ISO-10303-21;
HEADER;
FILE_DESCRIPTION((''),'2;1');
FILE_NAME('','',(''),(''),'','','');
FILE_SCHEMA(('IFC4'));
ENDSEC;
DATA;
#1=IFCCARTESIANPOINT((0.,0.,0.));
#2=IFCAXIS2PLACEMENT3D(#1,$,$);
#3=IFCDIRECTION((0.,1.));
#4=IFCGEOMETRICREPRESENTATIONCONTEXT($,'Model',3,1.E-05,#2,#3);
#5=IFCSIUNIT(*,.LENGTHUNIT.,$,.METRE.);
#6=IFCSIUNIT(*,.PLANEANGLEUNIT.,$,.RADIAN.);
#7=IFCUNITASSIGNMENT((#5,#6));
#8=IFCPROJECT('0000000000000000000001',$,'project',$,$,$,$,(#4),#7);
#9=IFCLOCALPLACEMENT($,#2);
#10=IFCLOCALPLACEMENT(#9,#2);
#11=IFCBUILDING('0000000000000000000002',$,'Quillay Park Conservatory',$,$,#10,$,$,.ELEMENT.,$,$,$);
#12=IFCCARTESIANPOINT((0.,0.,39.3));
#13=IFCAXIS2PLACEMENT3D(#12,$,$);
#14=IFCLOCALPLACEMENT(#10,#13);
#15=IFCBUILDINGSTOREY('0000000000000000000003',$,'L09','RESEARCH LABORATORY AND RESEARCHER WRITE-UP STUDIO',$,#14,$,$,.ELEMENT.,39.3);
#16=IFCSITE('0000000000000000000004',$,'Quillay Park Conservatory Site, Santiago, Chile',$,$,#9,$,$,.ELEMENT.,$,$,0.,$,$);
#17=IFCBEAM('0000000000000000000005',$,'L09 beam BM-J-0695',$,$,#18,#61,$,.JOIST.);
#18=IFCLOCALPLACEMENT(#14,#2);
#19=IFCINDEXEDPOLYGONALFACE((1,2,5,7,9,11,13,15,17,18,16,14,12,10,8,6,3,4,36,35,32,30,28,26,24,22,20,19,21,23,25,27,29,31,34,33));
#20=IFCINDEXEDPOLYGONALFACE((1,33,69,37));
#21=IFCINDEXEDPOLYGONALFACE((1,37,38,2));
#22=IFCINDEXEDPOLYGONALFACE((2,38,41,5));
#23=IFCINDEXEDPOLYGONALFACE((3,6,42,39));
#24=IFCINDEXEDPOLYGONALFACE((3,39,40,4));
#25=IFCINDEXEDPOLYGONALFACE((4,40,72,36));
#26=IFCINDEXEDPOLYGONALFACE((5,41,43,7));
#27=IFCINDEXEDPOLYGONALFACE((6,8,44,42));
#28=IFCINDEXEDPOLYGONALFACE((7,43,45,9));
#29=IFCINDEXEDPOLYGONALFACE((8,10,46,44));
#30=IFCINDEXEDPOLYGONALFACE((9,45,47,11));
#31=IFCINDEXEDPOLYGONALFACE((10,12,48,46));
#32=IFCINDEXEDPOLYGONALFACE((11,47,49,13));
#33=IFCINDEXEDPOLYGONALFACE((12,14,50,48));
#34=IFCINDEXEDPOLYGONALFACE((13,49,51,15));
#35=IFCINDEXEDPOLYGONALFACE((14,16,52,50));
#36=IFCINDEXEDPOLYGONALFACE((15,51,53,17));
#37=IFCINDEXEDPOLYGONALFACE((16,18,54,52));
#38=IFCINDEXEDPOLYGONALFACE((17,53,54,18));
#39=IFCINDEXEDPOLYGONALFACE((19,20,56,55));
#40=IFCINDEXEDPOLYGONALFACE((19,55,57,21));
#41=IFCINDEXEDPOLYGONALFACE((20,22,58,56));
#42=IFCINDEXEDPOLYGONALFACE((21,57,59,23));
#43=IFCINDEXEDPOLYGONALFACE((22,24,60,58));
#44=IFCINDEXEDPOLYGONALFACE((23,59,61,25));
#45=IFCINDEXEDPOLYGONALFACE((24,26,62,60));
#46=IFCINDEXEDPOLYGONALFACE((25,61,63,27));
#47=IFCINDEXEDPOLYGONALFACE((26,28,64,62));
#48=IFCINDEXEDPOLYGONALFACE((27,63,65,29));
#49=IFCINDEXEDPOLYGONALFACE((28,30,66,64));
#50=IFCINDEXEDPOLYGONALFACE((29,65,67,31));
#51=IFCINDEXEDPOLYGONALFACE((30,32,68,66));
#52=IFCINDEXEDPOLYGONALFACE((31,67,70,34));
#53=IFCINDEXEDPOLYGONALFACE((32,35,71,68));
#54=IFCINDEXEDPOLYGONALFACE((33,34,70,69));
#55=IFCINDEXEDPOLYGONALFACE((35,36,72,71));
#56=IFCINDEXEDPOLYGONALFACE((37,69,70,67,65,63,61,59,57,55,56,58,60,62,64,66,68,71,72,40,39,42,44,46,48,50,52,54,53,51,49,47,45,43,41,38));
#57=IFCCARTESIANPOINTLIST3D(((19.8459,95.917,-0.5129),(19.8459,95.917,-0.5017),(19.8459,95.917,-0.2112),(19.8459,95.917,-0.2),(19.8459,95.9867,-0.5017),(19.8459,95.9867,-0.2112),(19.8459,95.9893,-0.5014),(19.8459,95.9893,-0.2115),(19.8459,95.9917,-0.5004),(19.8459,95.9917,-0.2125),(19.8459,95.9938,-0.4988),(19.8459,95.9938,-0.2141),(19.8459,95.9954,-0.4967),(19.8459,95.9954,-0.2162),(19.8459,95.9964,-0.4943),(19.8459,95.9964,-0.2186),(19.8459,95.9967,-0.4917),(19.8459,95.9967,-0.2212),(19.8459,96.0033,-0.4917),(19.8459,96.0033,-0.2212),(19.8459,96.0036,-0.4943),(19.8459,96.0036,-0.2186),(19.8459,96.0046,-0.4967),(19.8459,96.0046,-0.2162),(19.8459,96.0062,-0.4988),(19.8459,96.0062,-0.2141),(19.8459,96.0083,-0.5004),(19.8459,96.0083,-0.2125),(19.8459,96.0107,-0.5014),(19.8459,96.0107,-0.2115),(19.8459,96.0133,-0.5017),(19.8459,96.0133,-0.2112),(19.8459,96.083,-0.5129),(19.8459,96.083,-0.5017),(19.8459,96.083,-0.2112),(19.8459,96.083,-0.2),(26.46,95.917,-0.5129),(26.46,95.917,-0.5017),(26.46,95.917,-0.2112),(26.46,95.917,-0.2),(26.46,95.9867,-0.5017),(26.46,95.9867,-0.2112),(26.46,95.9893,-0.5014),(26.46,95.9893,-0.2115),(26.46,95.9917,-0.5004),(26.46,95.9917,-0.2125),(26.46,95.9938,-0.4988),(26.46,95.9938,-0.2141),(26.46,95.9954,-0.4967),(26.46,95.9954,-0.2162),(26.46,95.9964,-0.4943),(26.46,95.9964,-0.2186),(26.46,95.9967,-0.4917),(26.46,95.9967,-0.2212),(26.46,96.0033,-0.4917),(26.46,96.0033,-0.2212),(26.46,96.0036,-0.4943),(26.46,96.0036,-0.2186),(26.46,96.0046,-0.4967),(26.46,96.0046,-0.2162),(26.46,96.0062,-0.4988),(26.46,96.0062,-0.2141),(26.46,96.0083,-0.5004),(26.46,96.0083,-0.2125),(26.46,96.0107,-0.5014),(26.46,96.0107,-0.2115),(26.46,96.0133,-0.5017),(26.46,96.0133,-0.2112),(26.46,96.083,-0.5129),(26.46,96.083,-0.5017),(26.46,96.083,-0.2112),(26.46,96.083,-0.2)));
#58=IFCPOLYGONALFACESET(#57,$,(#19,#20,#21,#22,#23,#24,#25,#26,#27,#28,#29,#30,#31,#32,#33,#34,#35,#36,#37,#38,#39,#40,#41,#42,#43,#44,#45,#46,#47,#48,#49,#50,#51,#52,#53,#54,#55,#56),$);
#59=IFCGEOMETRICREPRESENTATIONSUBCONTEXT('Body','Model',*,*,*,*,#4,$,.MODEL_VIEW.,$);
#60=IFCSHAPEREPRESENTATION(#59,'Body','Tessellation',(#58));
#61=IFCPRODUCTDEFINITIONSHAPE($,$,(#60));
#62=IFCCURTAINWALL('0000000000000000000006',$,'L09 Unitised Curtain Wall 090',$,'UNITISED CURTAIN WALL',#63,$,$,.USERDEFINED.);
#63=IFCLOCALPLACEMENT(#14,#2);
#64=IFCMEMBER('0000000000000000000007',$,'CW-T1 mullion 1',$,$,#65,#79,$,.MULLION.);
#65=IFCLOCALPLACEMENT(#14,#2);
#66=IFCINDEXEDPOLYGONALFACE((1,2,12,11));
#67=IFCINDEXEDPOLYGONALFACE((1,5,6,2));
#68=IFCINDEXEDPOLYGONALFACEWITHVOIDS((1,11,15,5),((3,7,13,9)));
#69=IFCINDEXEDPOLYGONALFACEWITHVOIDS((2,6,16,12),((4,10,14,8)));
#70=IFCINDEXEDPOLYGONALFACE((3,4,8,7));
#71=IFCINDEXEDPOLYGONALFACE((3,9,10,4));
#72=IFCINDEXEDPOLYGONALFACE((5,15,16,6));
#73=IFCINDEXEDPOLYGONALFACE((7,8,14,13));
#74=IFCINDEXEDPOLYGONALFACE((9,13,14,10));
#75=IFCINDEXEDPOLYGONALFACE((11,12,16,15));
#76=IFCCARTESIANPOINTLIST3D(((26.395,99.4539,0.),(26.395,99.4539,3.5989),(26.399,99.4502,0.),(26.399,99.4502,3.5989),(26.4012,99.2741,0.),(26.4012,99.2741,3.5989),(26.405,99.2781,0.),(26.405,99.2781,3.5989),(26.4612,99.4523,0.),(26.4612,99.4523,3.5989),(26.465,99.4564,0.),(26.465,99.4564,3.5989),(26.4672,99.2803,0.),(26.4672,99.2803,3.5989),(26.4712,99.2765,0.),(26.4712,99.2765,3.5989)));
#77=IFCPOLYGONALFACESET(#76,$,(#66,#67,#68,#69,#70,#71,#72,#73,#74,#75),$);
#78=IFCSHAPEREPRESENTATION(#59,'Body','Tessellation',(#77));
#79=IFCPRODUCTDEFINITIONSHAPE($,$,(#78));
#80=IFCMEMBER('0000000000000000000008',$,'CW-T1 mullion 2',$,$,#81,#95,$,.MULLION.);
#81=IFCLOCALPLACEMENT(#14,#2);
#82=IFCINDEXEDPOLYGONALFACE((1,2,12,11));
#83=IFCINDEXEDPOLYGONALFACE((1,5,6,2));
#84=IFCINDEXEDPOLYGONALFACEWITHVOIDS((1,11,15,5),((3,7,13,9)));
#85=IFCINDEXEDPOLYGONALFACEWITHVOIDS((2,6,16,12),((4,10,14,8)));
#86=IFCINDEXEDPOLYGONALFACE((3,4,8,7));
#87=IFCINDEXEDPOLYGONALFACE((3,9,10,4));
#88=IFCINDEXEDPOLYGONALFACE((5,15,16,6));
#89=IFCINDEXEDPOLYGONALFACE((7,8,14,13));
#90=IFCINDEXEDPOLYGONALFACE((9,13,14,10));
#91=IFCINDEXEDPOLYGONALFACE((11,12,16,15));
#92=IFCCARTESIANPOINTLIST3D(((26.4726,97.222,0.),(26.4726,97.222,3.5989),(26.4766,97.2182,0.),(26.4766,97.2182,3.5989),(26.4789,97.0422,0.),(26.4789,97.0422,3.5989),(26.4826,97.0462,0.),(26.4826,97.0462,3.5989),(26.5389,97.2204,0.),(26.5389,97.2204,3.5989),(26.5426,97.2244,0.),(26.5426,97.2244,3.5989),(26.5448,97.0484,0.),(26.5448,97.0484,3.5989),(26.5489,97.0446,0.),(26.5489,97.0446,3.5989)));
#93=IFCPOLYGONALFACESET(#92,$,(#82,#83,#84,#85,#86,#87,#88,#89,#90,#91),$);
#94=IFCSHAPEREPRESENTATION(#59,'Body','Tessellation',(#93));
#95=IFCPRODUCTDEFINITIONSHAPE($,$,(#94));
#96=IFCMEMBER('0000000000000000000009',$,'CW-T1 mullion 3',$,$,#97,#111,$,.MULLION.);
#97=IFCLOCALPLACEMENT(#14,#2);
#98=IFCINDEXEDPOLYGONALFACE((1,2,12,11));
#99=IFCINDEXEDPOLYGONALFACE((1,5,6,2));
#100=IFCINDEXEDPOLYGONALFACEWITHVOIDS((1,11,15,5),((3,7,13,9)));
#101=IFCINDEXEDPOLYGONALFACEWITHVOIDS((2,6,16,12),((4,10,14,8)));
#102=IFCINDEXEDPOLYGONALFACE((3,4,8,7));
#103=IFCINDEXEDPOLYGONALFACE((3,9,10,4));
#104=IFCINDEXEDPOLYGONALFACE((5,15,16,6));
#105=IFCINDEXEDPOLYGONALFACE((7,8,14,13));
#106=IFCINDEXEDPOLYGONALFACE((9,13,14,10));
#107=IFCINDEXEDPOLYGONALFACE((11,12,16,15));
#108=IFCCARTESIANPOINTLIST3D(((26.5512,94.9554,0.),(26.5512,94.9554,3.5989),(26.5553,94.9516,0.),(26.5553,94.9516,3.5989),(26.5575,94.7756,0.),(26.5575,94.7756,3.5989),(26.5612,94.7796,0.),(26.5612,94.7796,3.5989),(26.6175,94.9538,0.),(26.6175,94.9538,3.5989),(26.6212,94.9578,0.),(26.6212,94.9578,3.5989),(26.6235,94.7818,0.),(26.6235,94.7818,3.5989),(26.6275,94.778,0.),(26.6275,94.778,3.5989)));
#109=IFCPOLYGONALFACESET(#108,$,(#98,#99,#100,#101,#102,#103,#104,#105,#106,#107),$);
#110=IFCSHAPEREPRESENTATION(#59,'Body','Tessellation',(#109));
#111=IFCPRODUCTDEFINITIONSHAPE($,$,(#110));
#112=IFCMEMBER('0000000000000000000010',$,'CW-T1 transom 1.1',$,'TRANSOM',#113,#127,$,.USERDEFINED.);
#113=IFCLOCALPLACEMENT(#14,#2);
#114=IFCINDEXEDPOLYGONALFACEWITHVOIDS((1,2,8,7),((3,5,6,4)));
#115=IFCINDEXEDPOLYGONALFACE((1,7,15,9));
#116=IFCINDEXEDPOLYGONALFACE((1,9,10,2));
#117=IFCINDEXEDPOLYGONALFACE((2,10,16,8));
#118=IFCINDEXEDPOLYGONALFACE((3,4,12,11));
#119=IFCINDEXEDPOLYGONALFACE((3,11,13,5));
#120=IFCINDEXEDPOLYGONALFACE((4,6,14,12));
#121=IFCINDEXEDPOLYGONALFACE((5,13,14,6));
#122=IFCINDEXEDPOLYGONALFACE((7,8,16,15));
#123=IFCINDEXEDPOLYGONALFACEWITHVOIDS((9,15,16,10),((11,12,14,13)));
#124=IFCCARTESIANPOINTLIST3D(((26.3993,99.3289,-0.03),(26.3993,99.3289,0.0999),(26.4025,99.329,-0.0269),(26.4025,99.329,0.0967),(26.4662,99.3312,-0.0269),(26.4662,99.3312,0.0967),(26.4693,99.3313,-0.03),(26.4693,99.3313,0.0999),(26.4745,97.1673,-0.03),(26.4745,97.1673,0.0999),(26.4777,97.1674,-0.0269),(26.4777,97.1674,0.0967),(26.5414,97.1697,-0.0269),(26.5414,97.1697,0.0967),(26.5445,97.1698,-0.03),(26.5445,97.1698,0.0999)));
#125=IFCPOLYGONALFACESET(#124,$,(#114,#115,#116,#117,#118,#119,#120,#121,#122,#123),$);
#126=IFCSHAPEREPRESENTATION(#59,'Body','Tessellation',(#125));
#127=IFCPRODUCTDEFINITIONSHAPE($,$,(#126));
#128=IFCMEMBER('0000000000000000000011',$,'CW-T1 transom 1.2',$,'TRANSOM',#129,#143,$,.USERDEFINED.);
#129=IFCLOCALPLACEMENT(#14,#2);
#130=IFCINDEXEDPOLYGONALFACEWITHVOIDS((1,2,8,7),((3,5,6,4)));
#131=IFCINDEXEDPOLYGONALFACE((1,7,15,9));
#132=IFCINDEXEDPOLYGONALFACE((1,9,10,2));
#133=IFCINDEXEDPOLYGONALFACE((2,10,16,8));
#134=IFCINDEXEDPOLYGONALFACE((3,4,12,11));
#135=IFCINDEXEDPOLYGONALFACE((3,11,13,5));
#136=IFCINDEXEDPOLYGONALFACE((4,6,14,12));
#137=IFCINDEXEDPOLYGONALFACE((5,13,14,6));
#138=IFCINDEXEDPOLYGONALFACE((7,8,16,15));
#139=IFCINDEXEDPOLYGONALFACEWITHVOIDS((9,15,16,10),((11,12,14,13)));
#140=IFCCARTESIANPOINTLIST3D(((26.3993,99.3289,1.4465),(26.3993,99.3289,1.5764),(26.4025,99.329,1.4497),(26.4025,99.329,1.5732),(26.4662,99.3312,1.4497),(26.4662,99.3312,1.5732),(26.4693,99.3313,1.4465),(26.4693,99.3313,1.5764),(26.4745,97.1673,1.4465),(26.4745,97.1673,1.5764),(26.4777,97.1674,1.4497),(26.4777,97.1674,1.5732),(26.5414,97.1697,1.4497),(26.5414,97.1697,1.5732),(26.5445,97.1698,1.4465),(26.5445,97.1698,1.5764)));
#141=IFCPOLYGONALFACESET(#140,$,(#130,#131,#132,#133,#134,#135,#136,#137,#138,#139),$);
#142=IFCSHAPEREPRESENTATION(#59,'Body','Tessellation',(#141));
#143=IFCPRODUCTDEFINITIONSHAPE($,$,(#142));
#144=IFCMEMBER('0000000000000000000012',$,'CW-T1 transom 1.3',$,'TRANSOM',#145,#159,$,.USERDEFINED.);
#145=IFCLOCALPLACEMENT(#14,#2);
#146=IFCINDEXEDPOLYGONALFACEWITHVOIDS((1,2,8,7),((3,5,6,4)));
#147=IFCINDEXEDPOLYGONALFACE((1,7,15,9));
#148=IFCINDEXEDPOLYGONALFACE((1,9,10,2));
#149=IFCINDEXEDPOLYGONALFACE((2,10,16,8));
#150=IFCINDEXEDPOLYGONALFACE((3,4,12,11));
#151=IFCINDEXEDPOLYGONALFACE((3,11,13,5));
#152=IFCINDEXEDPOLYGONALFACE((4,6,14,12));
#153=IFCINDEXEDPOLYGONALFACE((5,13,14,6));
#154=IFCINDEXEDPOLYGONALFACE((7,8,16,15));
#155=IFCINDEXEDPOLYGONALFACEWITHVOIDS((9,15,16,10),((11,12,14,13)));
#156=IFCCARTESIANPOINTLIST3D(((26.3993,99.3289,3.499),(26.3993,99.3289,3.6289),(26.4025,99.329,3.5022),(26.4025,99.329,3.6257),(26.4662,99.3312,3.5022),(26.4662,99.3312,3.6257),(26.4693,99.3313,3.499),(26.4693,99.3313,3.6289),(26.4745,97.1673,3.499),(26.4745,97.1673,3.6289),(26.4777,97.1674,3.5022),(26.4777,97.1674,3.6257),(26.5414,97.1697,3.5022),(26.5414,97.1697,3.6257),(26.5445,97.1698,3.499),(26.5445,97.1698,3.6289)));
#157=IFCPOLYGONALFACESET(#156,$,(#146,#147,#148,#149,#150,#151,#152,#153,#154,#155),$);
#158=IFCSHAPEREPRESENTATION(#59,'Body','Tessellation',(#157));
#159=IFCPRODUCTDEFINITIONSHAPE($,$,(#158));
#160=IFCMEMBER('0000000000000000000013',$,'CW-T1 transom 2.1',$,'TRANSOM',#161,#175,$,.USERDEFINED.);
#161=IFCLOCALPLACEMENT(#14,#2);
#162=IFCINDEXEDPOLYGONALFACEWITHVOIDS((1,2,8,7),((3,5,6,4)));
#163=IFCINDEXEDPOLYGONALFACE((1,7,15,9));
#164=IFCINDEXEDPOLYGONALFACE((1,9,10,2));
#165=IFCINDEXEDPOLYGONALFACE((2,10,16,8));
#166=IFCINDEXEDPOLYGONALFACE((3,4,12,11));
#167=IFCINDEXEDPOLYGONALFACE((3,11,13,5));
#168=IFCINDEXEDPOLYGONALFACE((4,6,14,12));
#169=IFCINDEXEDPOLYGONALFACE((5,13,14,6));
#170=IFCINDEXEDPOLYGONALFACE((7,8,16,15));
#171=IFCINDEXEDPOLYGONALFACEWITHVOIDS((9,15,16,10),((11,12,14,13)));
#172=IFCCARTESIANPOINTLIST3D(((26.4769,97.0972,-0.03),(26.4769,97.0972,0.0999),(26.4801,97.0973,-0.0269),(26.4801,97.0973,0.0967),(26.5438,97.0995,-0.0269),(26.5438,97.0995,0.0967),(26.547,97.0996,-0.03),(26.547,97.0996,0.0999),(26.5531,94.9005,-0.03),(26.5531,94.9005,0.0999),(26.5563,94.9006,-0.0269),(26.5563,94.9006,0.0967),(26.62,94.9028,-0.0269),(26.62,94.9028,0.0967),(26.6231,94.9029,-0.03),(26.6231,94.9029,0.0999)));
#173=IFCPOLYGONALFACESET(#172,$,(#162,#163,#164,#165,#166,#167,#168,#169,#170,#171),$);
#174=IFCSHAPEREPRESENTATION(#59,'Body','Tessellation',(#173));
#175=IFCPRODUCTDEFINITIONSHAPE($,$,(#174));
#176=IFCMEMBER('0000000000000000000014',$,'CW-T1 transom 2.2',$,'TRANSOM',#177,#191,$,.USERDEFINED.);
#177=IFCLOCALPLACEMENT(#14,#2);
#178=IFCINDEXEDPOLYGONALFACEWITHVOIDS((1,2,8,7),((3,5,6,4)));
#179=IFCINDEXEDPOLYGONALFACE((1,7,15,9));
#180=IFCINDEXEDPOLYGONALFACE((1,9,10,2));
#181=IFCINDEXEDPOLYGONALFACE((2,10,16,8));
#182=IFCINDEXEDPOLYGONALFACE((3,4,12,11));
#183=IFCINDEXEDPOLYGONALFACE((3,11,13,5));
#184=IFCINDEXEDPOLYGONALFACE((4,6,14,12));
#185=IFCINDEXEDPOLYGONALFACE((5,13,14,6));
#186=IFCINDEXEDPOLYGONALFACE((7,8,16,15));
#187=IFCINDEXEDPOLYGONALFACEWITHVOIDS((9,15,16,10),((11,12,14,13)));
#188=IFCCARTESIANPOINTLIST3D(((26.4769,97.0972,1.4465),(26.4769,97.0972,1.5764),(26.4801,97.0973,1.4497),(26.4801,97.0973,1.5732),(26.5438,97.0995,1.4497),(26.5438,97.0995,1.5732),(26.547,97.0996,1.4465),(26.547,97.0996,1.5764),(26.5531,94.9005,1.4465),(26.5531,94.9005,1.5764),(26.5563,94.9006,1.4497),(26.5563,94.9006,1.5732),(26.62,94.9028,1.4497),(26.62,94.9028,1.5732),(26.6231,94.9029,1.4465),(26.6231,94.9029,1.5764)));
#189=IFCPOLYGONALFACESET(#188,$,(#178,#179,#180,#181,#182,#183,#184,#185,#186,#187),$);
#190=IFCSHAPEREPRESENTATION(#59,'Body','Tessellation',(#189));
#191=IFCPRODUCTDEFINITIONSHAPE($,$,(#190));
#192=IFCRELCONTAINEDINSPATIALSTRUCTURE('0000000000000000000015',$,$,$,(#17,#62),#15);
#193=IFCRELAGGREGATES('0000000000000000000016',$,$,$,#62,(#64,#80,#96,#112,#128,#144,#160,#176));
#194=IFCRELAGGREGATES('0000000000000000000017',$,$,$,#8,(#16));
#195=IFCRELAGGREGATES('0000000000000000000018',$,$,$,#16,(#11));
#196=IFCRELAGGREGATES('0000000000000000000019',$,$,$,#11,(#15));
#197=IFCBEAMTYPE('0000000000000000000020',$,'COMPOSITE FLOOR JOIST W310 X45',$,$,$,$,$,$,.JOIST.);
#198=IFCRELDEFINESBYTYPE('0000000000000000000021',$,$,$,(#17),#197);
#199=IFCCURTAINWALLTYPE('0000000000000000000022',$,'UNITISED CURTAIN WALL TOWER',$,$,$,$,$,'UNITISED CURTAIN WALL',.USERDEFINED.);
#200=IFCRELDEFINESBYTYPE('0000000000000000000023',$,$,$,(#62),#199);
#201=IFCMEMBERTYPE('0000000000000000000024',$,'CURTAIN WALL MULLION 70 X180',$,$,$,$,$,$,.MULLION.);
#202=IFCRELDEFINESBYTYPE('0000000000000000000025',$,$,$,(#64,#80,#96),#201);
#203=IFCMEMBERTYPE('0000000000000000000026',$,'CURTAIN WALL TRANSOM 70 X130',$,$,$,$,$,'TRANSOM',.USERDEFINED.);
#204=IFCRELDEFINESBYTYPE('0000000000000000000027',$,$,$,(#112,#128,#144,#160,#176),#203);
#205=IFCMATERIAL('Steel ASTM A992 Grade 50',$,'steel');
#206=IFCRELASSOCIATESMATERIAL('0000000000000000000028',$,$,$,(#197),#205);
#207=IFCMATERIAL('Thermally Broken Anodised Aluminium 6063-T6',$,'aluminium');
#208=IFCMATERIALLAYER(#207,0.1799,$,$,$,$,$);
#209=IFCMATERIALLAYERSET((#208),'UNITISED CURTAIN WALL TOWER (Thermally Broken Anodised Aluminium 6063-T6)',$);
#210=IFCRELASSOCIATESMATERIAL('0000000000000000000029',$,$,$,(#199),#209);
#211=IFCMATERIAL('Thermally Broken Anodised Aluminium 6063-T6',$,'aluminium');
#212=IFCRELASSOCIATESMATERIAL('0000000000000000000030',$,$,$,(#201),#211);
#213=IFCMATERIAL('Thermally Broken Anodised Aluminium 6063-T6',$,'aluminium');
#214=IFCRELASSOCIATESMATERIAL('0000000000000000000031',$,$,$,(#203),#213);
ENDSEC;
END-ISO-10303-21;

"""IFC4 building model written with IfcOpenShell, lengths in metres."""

from ifc_helpers import new_model, si_unit, direction, frame, origin, origin_2d, place, context, subcontext, project, spatial, hollow_rectangle, i_section, extrude, material, layer, layer_set, material_profile, profile_set, type_object, element, aggregate, save


model = new_model("IFC4")

# Units and contexts
model_context = context("Model", 3, precision=1e-05, world=origin(), true_north=direction((0.0, 1.0)))
body_context = subcontext(model_context, "Body", "Model", "MODEL_VIEW")
ifc_project = project(units=[si_unit("LENGTHUNIT", "METRE"), si_unit("PLANEANGLEUNIT", "RADIAN")], contexts=[model_context])

# Site, building, storey
site_placement = place(None, origin())
site = spatial("IfcSite", under=ifc_project, at=site_placement, Name="Quillay Park Conservatory Site, Santiago, Chile", CompositionType="ELEMENT", RefElevation=0.0)
building_placement = place(site_placement, origin())
building = spatial("IfcBuilding", under=site, at=building_placement, Name="Quillay Park Conservatory", CompositionType="ELEMENT")
storey_placement = place(building_placement, frame((0.0, 0.0, 39.3)))
storey = spatial("IfcBuildingStorey", under=building, at=storey_placement, Name="L09", Description="RESEARCH LABORATORY AND RESEARCHER WRITE-UP STUDIO", CompositionType="ELEMENT", Elevation=39.3)

# Beam
ifc_material_1 = material(Name="Steel ASTM A992 Grade 50", Category="steel")
ifc_material_profile_1 = material_profile(ifc_material_1, i_section(OverallWidth=0.166, OverallDepth=0.313, WebThickness=0.0066, FlangeThickness=0.0112, FilletRadius=0.01, at=origin_2d()), Name="W310x45")
ifc_profile_set_1 = profile_set([ifc_material_profile_1], Name="Steel ASTM A992 Grade 50")
beam_type = type_object("IfcBeamType", Name="COMPOSITE FLOOR JOIST W310 X45", PredefinedType="JOIST", material=ifc_profile_set_1)
beam_placement = place(storey_placement, frame((19.8459, 96.0, -0.3564), z_axis=(1.0, 0.0, 0.0), x_axis=(0.0, 1.0, 0.0)))
element("IfcBeam", 1, at=beam_placement, inside=storey, type_object=beam_type, Name="L09 beam BM-J-0695", PredefinedType="JOIST", context=body_context, shape_type="SweptSolid", body=[
    extrude(i_section(OverallWidth=0.166, OverallDepth=0.313, WebThickness=0.0066, FlangeThickness=0.0112, FilletRadius=0.01, at=origin_2d()), origin(), (0.0, 0.0, 1.0), 6.614),
])

# Curtain wall, members
ifc_material_2 = material(Name="Thermally Broken Anodised Aluminium 6063-T6", Category="aluminium")
ifc_layer_1 = layer(ifc_material_2, 0.1799)
ifc_layer_set_1 = layer_set([ifc_layer_1], Name="UNITISED CURTAIN WALL TOWER (Thermally Broken Anodised Aluminium 6063-T6)")
curtain_wall_type = type_object("IfcCurtainWallType", Name="UNITISED CURTAIN WALL TOWER", ElementType="UNITISED CURTAIN WALL", PredefinedType="USERDEFINED", material=ifc_layer_set_1)
curtain_wall_placement = place(storey_placement, origin())
curtain_wall = element("IfcCurtainWall", 2, at=curtain_wall_placement, inside=storey, type_object=curtain_wall_type, Name="L09 Unitised Curtain Wall 090", ObjectType="UNITISED CURTAIN WALL", PredefinedType="USERDEFINED")
ifc_material_3 = material(Name="Thermally Broken Anodised Aluminium 6063-T6", Category="aluminium")
ifc_material_profile_2 = material_profile(ifc_material_3, hollow_rectangle(XDim=0.0701, YDim=0.1799, WallThickness=0.0039, at=origin_2d()), Name="AL70x180x4")
ifc_profile_set_2 = profile_set([ifc_material_profile_2], Name="Thermally Broken Anodised Aluminium 6063-T6")
member_type_1 = type_object("IfcMemberType", Name="CURTAIN WALL MULLION 70 X180", PredefinedType="MULLION", material=ifc_profile_set_2)
member_1_placement = place(storey_placement, frame((26.4331, 99.3652, 0.0), z_axis=(0.0, 0.0, 1.0), x_axis=(0.999397, 0.034713, 0.0)))
member_1 = element("IfcMember", 3, at=member_1_placement, type_object=member_type_1, Name="CW-T1 mullion 1", PredefinedType="MULLION", context=body_context, shape_type="SweptSolid", body=[
    extrude(hollow_rectangle(XDim=0.0701, YDim=0.1799, WallThickness=0.0039, at=origin_2d()), origin(), (0.0, 0.0, 1.0), 3.5989),
])
member_2_placement = place(storey_placement, frame((26.5107, 97.1333, 0.0), z_axis=(0.0, 0.0, 1.0), x_axis=(0.999397, 0.034713, 0.0)))
member_2 = element("IfcMember", 4, at=member_2_placement, type_object=member_type_1, Name="CW-T1 mullion 2", PredefinedType="MULLION", context=body_context, shape_type="SweptSolid", body=[
    extrude(hollow_rectangle(XDim=0.0701, YDim=0.1799, WallThickness=0.0039, at=origin_2d()), origin(), (0.0, 0.0, 1.0), 3.5989),
])
member_3_placement = place(storey_placement, frame((26.5894, 94.8667, 0.0), z_axis=(0.0, 0.0, 1.0), x_axis=(0.999397, 0.034713, 0.0)))
member_3 = element("IfcMember", 5, at=member_3_placement, type_object=member_type_1, Name="CW-T1 mullion 3", PredefinedType="MULLION", context=body_context, shape_type="SweptSolid", body=[
    extrude(hollow_rectangle(XDim=0.0701, YDim=0.1799, WallThickness=0.0039, at=origin_2d()), origin(), (0.0, 0.0, 1.0), 3.5989),
])
ifc_material_4 = material(Name="Thermally Broken Anodised Aluminium 6063-T6", Category="aluminium")
ifc_material_profile_3 = material_profile(ifc_material_4, hollow_rectangle(XDim=0.0701, YDim=0.1299, WallThickness=0.0032, at=origin_2d()), Name="AL70x130x3.2")
ifc_profile_set_3 = profile_set([ifc_material_profile_3], Name="Thermally Broken Anodised Aluminium 6063-T6")
member_type_2 = type_object("IfcMemberType", Name="CURTAIN WALL TRANSOM 70 X130", ElementType="TRANSOM", PredefinedType="USERDEFINED", material=ifc_profile_set_3)
member_4_placement = place(storey_placement, frame((26.4343, 99.3301, 0.0349), z_axis=(0.034766, -0.999395, 0.0), x_axis=(0.999395, 0.034766, 0.0)))
member_4 = element("IfcMember", 6, at=member_4_placement, type_object=member_type_2, Name="CW-T1 transom 1.1", ObjectType="TRANSOM", PredefinedType="USERDEFINED", context=body_context, shape_type="SweptSolid", body=[
    extrude(hollow_rectangle(XDim=0.0701, YDim=0.1299, WallThickness=0.0032, at=origin_2d()), origin(), (0.0, 0.0, 1.0), 2.1628),
])
member_5_placement = place(storey_placement, frame((26.4343, 99.3301, 1.5115), z_axis=(0.034766, -0.999395, 0.0), x_axis=(0.999395, 0.034766, 0.0)))
member_5 = element("IfcMember", 7, at=member_5_placement, type_object=member_type_2, Name="CW-T1 transom 1.2", ObjectType="TRANSOM", PredefinedType="USERDEFINED", context=body_context, shape_type="SweptSolid", body=[
    extrude(hollow_rectangle(XDim=0.0701, YDim=0.1299, WallThickness=0.0032, at=origin_2d()), origin(), (0.0, 0.0, 1.0), 2.1628),
])
member_6_placement = place(storey_placement, frame((26.4343, 99.3301, 3.564), z_axis=(0.034766, -0.999395, 0.0), x_axis=(0.999395, 0.034766, 0.0)))
member_6 = element("IfcMember", 8, at=member_6_placement, type_object=member_type_2, Name="CW-T1 transom 1.3", ObjectType="TRANSOM", PredefinedType="USERDEFINED", context=body_context, shape_type="SweptSolid", body=[
    extrude(hollow_rectangle(XDim=0.0701, YDim=0.1299, WallThickness=0.0032, at=origin_2d()), origin(), (0.0, 0.0, 1.0), 2.1628),
])
member_7_placement = place(storey_placement, frame((26.512, 97.0984, 0.0349), z_axis=(0.034654, -0.999399, 0.0), x_axis=(0.999399, 0.034654, 0.0)))
member_7 = element("IfcMember", 9, at=member_7_placement, type_object=member_type_2, Name="CW-T1 transom 2.1", ObjectType="TRANSOM", PredefinedType="USERDEFINED", context=body_context, shape_type="SweptSolid", body=[
    extrude(hollow_rectangle(XDim=0.0701, YDim=0.1299, WallThickness=0.0032, at=origin_2d()), origin(), (0.0, 0.0, 1.0), 2.198),
])
member_8_placement = place(storey_placement, frame((26.512, 97.0984, 1.5115), z_axis=(0.034654, -0.999399, 0.0), x_axis=(0.999399, 0.034654, 0.0)))
member_8 = element("IfcMember", 10, at=member_8_placement, type_object=member_type_2, Name="CW-T1 transom 2.2", ObjectType="TRANSOM", PredefinedType="USERDEFINED", context=body_context, shape_type="SweptSolid", body=[
    extrude(hollow_rectangle(XDim=0.0701, YDim=0.1299, WallThickness=0.0032, at=origin_2d()), origin(), (0.0, 0.0, 1.0), 2.198),
])
aggregate(curtain_wall, [member_1, member_2, member_3, member_4, member_5, member_6, member_7, member_8])

save(model, "model.ifc")
